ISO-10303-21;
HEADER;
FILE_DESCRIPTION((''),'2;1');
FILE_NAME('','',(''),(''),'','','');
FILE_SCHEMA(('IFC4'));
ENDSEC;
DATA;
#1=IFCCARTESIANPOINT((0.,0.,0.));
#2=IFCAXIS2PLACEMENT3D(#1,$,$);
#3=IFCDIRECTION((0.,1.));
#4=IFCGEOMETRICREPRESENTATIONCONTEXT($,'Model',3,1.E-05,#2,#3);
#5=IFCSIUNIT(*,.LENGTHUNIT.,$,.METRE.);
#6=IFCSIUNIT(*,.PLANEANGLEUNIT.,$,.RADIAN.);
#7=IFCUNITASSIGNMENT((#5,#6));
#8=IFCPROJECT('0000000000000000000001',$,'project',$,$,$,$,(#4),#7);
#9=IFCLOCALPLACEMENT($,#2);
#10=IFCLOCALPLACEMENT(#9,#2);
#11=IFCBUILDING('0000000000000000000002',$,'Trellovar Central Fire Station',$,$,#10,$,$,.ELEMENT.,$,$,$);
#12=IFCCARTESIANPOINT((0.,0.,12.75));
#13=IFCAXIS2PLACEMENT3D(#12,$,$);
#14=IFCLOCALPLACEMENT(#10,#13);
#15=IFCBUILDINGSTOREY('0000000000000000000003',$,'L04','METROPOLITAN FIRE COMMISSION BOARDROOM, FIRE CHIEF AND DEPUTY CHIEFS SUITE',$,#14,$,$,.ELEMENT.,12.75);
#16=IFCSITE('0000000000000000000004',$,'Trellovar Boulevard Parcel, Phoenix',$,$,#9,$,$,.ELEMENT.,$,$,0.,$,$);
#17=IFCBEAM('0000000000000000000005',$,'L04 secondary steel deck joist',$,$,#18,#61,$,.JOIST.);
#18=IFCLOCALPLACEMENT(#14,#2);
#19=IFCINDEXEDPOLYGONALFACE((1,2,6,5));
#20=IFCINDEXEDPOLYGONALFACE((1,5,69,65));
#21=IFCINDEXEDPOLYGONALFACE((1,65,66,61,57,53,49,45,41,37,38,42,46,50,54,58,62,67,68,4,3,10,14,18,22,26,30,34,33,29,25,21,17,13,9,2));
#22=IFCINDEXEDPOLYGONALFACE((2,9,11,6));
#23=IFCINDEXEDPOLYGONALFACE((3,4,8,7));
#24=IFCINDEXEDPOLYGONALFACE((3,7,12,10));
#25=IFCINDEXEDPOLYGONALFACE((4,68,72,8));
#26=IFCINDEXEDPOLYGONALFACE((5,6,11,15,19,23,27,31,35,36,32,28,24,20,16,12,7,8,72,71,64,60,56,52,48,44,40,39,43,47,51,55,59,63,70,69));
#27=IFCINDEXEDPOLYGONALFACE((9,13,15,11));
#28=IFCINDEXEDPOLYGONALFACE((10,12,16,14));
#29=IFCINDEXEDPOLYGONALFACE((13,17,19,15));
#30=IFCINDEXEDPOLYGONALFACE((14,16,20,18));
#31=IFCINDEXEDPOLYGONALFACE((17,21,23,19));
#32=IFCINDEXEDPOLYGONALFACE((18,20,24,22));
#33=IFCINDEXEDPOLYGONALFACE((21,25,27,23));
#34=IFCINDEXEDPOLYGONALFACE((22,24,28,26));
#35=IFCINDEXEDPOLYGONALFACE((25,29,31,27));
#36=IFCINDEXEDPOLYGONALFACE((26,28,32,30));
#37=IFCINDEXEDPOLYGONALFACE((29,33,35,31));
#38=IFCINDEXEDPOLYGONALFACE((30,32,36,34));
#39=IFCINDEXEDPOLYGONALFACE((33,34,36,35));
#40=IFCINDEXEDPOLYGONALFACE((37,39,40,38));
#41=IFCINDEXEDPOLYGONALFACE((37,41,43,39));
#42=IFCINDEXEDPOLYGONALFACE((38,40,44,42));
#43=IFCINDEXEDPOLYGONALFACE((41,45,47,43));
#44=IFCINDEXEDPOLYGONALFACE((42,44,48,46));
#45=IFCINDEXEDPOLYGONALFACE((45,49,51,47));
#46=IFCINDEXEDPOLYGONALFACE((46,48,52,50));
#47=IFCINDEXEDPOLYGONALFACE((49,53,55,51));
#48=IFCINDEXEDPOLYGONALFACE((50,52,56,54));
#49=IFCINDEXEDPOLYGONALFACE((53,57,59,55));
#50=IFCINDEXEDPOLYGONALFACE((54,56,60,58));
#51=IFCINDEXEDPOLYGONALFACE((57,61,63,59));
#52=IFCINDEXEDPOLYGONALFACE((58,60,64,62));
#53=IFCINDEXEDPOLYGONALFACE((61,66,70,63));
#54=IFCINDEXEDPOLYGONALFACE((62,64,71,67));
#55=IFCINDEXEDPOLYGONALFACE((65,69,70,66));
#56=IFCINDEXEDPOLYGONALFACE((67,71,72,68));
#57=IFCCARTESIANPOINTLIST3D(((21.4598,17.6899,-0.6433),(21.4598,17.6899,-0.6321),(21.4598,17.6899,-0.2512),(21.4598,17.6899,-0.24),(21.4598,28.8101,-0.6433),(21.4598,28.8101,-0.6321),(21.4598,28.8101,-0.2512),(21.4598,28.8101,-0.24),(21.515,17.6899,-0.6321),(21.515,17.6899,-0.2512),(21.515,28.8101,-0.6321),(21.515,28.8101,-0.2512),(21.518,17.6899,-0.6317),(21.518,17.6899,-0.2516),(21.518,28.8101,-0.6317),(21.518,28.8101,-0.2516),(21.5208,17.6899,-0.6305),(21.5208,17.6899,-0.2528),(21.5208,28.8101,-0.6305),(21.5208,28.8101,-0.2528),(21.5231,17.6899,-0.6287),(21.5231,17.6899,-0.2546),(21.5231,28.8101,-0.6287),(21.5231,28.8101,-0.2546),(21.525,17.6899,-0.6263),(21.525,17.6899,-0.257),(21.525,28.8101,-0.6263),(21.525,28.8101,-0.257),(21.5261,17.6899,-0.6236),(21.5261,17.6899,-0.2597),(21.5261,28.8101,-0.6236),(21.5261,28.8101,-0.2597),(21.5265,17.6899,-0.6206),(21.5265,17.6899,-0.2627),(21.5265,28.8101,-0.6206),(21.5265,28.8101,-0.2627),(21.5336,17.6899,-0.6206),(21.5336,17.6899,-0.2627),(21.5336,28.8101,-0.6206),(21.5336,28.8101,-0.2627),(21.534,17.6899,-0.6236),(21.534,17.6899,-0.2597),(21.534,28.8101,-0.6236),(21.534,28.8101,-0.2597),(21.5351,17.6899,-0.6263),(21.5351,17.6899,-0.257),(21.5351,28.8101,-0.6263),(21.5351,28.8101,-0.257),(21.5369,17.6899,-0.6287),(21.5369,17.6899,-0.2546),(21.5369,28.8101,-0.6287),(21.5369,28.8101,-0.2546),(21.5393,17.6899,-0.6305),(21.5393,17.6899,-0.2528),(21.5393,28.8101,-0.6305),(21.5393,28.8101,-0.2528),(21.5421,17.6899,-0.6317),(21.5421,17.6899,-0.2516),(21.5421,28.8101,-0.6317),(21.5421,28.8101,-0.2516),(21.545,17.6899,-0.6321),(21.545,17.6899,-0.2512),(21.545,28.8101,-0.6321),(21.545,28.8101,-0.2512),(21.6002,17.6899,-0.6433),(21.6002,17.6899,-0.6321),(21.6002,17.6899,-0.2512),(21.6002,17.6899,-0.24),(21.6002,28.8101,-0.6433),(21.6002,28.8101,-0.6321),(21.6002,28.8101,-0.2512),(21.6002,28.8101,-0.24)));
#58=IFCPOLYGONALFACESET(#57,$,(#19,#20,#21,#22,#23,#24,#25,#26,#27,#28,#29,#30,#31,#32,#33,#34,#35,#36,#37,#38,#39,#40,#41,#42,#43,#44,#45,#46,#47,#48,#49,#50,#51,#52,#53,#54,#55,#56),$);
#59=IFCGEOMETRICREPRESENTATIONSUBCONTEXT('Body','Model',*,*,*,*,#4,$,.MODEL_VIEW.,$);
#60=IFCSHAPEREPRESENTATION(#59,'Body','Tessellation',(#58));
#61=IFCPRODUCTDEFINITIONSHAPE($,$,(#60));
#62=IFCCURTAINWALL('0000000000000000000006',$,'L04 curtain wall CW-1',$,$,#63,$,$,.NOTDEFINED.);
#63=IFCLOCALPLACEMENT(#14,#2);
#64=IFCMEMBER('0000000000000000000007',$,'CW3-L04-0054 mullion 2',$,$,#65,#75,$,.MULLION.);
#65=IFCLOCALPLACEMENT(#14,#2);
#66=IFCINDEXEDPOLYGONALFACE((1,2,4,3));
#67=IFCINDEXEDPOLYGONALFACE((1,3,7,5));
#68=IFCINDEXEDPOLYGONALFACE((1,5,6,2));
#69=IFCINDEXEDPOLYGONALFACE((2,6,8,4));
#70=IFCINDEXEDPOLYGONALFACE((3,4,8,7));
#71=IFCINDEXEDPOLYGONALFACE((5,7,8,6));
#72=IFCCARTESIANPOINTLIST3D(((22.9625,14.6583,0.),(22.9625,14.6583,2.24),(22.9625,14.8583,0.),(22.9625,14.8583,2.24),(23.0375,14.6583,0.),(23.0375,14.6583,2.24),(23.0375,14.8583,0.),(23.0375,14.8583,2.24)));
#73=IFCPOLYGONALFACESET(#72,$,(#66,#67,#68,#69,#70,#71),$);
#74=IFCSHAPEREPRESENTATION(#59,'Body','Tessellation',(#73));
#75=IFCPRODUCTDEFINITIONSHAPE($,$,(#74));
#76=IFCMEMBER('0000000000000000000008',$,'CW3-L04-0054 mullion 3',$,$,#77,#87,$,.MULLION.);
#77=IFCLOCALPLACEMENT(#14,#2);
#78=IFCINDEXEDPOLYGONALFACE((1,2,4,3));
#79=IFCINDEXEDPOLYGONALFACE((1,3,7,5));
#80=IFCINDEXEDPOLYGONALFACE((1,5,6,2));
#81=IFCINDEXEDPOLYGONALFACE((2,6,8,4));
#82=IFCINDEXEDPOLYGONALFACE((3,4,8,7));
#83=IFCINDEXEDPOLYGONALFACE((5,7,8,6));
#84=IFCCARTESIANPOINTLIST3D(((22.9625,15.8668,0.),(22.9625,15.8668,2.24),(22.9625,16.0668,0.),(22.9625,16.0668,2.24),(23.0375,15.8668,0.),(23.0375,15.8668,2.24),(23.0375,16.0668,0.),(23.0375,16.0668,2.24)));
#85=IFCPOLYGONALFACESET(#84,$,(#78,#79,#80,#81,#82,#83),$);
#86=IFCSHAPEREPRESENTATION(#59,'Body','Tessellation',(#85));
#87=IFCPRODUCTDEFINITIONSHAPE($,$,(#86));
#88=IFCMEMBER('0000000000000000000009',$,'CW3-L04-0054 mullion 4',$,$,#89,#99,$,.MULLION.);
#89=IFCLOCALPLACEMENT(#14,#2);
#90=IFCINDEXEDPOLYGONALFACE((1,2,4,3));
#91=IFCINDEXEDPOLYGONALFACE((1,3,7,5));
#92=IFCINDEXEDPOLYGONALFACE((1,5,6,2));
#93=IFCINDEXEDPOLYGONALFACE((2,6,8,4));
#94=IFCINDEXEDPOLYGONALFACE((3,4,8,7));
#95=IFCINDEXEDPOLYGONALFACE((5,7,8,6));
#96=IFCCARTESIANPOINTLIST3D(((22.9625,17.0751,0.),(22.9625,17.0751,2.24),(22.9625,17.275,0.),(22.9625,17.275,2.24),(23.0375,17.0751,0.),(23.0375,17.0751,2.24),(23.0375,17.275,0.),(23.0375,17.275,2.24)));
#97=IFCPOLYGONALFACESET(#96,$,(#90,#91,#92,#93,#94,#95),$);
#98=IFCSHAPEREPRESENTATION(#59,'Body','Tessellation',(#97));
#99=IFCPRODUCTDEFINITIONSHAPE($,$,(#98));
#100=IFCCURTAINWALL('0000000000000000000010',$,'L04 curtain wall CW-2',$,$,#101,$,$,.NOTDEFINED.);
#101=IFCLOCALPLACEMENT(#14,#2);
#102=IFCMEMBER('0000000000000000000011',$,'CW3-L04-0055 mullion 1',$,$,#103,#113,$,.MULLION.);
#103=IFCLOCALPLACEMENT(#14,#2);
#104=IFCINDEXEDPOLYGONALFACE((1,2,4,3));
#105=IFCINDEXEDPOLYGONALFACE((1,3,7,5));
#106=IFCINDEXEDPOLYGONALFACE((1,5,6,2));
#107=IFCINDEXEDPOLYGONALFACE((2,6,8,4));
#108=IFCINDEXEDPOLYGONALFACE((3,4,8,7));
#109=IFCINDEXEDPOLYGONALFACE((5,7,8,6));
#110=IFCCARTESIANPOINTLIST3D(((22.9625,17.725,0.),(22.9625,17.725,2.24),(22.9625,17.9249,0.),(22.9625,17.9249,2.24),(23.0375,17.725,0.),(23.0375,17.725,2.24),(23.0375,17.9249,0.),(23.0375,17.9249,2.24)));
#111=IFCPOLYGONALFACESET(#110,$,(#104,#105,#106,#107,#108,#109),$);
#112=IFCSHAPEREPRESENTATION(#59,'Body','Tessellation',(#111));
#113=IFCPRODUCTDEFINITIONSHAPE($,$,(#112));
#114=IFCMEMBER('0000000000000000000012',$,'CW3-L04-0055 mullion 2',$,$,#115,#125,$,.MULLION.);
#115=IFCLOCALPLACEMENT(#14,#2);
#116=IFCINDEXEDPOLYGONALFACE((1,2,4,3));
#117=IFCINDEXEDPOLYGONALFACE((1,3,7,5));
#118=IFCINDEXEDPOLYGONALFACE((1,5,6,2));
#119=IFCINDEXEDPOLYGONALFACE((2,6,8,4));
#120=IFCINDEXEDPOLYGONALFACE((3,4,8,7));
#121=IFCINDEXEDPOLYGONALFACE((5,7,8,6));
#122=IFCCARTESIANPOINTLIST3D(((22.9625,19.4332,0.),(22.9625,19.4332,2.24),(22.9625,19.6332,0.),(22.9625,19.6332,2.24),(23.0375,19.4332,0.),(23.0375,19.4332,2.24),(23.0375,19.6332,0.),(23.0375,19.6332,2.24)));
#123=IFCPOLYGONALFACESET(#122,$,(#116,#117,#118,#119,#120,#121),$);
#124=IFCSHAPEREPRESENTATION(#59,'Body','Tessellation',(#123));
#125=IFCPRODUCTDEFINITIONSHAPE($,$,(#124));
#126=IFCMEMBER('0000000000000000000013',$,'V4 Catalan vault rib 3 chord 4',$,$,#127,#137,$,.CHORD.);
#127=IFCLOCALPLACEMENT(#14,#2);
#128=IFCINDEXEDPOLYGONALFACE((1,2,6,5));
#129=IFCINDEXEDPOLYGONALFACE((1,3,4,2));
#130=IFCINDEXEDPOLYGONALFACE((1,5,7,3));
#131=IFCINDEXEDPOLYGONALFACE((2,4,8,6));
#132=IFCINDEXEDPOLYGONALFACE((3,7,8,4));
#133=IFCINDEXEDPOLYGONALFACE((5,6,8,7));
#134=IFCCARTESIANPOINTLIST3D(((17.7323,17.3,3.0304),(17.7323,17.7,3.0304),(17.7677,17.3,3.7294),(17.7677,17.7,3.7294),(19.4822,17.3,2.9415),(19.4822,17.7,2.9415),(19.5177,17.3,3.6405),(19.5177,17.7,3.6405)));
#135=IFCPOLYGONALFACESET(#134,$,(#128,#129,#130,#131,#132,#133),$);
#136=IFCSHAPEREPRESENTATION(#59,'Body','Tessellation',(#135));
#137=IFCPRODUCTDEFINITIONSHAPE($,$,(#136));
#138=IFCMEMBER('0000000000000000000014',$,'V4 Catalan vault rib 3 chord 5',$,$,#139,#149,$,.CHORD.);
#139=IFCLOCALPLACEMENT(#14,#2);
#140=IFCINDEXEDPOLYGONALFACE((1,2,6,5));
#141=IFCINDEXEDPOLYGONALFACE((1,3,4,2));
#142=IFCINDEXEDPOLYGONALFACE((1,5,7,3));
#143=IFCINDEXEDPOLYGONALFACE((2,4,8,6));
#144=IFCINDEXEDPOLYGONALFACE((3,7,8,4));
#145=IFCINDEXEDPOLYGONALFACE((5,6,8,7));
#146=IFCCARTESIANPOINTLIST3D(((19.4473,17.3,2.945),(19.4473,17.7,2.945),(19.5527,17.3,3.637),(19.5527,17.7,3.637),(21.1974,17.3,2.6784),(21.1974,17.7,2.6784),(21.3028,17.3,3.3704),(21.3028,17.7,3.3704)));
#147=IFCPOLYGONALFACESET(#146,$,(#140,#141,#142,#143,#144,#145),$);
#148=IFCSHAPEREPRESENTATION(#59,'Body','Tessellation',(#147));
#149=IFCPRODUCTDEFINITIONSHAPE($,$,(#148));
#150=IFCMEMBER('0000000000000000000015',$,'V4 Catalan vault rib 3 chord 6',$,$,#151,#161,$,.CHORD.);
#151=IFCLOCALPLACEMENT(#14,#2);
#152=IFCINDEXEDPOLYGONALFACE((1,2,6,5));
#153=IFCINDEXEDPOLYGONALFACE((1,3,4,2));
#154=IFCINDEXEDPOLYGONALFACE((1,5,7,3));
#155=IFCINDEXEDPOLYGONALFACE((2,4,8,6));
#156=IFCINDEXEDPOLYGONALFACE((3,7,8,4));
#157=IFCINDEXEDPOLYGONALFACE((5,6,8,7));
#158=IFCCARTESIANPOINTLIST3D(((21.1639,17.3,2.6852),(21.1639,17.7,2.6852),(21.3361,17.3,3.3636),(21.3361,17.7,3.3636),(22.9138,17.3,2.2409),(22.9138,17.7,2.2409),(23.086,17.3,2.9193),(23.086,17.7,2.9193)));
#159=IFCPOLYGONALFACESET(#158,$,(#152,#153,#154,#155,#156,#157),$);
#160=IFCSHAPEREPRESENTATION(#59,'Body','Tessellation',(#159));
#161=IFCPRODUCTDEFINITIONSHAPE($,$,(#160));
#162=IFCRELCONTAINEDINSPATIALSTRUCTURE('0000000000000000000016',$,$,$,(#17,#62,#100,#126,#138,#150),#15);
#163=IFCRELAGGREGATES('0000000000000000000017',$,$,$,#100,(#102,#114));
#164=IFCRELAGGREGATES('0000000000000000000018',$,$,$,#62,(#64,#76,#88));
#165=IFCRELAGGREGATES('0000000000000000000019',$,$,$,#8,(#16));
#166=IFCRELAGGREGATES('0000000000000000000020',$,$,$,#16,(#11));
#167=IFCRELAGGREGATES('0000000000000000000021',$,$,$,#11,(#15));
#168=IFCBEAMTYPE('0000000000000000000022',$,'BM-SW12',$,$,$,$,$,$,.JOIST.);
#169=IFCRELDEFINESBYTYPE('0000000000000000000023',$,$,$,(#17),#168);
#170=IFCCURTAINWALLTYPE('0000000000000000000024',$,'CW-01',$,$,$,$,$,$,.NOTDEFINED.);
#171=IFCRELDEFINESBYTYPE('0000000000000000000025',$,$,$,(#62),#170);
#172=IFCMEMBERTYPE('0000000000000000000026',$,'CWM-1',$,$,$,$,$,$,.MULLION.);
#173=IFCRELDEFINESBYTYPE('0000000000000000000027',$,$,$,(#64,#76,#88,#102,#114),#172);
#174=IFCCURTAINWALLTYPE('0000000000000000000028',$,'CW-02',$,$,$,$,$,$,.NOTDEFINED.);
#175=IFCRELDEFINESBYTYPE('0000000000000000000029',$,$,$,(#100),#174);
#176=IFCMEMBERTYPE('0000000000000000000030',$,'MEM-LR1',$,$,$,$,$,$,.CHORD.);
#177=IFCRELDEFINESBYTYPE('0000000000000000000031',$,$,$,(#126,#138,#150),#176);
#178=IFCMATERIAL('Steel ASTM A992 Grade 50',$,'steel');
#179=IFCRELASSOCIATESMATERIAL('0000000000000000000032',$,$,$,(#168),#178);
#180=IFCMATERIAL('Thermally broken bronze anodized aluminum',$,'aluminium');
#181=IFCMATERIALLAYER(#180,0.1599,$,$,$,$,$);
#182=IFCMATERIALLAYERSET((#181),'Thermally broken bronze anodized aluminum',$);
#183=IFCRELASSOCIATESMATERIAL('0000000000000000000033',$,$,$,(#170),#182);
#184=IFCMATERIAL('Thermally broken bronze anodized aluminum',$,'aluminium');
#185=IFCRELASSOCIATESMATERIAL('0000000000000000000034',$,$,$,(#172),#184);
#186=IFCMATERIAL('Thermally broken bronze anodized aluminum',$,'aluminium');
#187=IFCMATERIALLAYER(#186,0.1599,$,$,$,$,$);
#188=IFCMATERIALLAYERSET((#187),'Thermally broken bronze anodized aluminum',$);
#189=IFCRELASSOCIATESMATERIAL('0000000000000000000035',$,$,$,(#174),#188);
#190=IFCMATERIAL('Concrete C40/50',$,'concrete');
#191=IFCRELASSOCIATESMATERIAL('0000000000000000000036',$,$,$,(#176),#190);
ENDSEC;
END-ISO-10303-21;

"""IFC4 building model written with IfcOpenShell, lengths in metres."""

from ifc_helpers import new_model, si_unit, direction, frame, origin, origin_2d, place, context, subcontext, project, spatial, rectangle, i_section, extrude, material, layer, layer_set, material_profile, profile_set, type_object, element, aggregate, save


model = new_model("IFC4")

# Units and contexts
model_context = context("Model", 3, precision=1e-05, world=origin(), true_north=direction((0.0, 1.0)))
body_context = subcontext(model_context, "Body", "Model", "MODEL_VIEW")
ifc_project = project(units=[si_unit("LENGTHUNIT", "METRE"), si_unit("PLANEANGLEUNIT", "RADIAN")], contexts=[model_context])

# Site, building, storey
site_placement = place(None, origin())
site = spatial("IfcSite", under=ifc_project, at=site_placement, Name="Trellovar Boulevard Parcel, Phoenix", CompositionType="ELEMENT", RefElevation=0.0)
building_placement = place(site_placement, origin())
building = spatial("IfcBuilding", under=site, at=building_placement, Name="Trellovar Central Fire Station", CompositionType="ELEMENT")
storey_placement = place(building_placement, frame((0.0, 0.0, 12.75)))
storey = spatial("IfcBuildingStorey", under=building, at=storey_placement, Name="L04", Description="METROPOLITAN FIRE COMMISSION BOARDROOM, FIRE CHIEF AND DEPUTY CHIEFS SUITE", CompositionType="ELEMENT", Elevation=12.75)

# Beam
ifc_material_1 = material(Name="Steel ASTM A992 Grade 50", Category="steel")
ifc_material_profile_1 = material_profile(ifc_material_1, i_section(OverallWidth=0.1404, OverallDepth=0.4033, WebThickness=0.0071, FlangeThickness=0.0112, FilletRadius=0.0115, at=origin_2d()), Name="W16X31")
ifc_profile_set_1 = profile_set([ifc_material_profile_1], Name="Steel ASTM A992 Grade 50")
beam_type_1 = type_object("IfcBeamType", Name="BM-SW12", PredefinedType="JOIST", material=ifc_profile_set_1)
beam_1_placement = place(storey_placement, frame((21.53, 17.6899, -0.4417), z_axis=(0.0, 1.0, 0.0), x_axis=(-1.0, 0.0, 0.0)))
element("IfcBeam", 1, at=beam_1_placement, inside=storey, type_object=beam_type_1, Name="L04 secondary steel deck joist", PredefinedType="JOIST", context=body_context, shape_type="SweptSolid", body=[
    extrude(i_section(OverallWidth=0.1404, OverallDepth=0.4033, WebThickness=0.0071, FlangeThickness=0.0112, FilletRadius=0.0115, at=origin_2d()), origin(), (0.0, 0.0, 1.0), 11.1201),
])

# Curtain walls, members
ifc_material_2 = material(Name="Thermally broken bronze anodized aluminum", Category="aluminium")
ifc_layer_1 = layer(ifc_material_2, 0.1599)
ifc_layer_set_1 = layer_set([ifc_layer_1], Name="Thermally broken bronze anodized aluminum")
curtain_wall_type_1 = type_object("IfcCurtainWallType", Name="CW-01", PredefinedType="NOTDEFINED", material=ifc_layer_set_1)
curtain_wall_1_placement = place(storey_placement, origin())
curtain_wall_1 = element("IfcCurtainWall", 2, at=curtain_wall_1_placement, inside=storey, type_object=curtain_wall_type_1, Name="L04 curtain wall CW-1", PredefinedType="NOTDEFINED")
ifc_material_3 = material(Name="Thermally broken bronze anodized aluminum", Category="aluminium")
ifc_material_profile_2 = material_profile(ifc_material_3, rectangle(XDim=0.075, YDim=0.2, at=origin_2d()), Name="ALU75X200")
ifc_profile_set_2 = profile_set([ifc_material_profile_2], Name="Thermally broken bronze anodized aluminum")
member_type_1 = type_object("IfcMemberType", Name="CWM-1", PredefinedType="MULLION", material=ifc_profile_set_2)
member_1_placement = place(storey_placement, frame((23.0, 14.7583, 0.0), z_axis=(0.0, 0.0, 1.0), x_axis=(1.0, 0.0, 0.0)))
member_1 = element("IfcMember", 3, at=member_1_placement, type_object=member_type_1, Name="CW3-L04-0054 mullion 2", PredefinedType="MULLION", context=body_context, shape_type="SweptSolid", body=[
    extrude(rectangle(XDim=0.075, YDim=0.2, at=origin_2d()), origin(), (0.0, 0.0, 1.0), 2.24),
])
member_2_placement = place(storey_placement, frame((23.0, 15.9668, 0.0), z_axis=(0.0, 0.0, 1.0), x_axis=(1.0, 0.0, 0.0)))
member_2 = element("IfcMember", 4, at=member_2_placement, type_object=member_type_1, Name="CW3-L04-0054 mullion 3", PredefinedType="MULLION", context=body_context, shape_type="SweptSolid", body=[
    extrude(rectangle(XDim=0.075, YDim=0.2, at=origin_2d()), origin(), (0.0, 0.0, 1.0), 2.24),
])
member_3_placement = place(storey_placement, frame((23.0, 17.175, 0.0), z_axis=(0.0, 0.0, 1.0), x_axis=(1.0, 0.0, 0.0)))
member_3 = element("IfcMember", 5, at=member_3_placement, type_object=member_type_1, Name="CW3-L04-0054 mullion 4", PredefinedType="MULLION", context=body_context, shape_type="SweptSolid", body=[
    extrude(rectangle(XDim=0.075, YDim=0.2, at=origin_2d()), origin(), (0.0, 0.0, 1.0), 2.24),
])
ifc_material_4 = material(Name="Thermally broken bronze anodized aluminum", Category="aluminium")
ifc_layer_2 = layer(ifc_material_4, 0.1599)
ifc_layer_set_2 = layer_set([ifc_layer_2], Name="Thermally broken bronze anodized aluminum")
curtain_wall_type_2 = type_object("IfcCurtainWallType", Name="CW-02", PredefinedType="NOTDEFINED", material=ifc_layer_set_2)
curtain_wall_2_placement = place(storey_placement, origin())
curtain_wall_2 = element("IfcCurtainWall", 6, at=curtain_wall_2_placement, inside=storey, type_object=curtain_wall_type_2, Name="L04 curtain wall CW-2", PredefinedType="NOTDEFINED")
member_4_placement = place(storey_placement, frame((23.0, 17.825, 0.0), z_axis=(0.0, 0.0, 1.0), x_axis=(1.0, 0.0, 0.0)))
member_4 = element("IfcMember", 7, at=member_4_placement, type_object=member_type_1, Name="CW3-L04-0055 mullion 1", PredefinedType="MULLION", context=body_context, shape_type="SweptSolid", body=[
    extrude(rectangle(XDim=0.075, YDim=0.2, at=origin_2d()), origin(), (0.0, 0.0, 1.0), 2.24),
])
member_5_placement = place(storey_placement, frame((23.0, 19.5332, 0.0), z_axis=(0.0, 0.0, 1.0), x_axis=(1.0, 0.0, 0.0)))
member_5 = element("IfcMember", 8, at=member_5_placement, type_object=member_type_1, Name="CW3-L04-0055 mullion 2", PredefinedType="MULLION", context=body_context, shape_type="SweptSolid", body=[
    extrude(rectangle(XDim=0.075, YDim=0.2, at=origin_2d()), origin(), (0.0, 0.0, 1.0), 2.24),
])
aggregate(curtain_wall_2, [member_4, member_5])

# Members
ifc_material_5 = material(Name="Concrete C40/50", Category="concrete")
ifc_material_profile_3 = material_profile(ifc_material_5, rectangle(XDim=0.3999, YDim=0.7, at=origin_2d()), Name="RC400X700")
ifc_profile_set_3 = profile_set([ifc_material_profile_3], Name="Concrete C40/50")
member_type_2 = type_object("IfcMemberType", Name="MEM-LR1", PredefinedType="CHORD", material=ifc_profile_set_3)
member_6_placement = place(storey_placement, frame((17.75, 17.5, 3.3799), z_axis=(0.998713, 0.0, -0.050716), x_axis=(0.0, 1.0, 0.0)))
element("IfcMember", 9, at=member_6_placement, inside=storey, type_object=member_type_2, Name="V4 Catalan vault rib 3 chord 4", PredefinedType="CHORD", context=body_context, shape_type="SweptSolid", body=[
    extrude(rectangle(XDim=0.3999, YDim=0.7, at=origin_2d()), origin(), (0.0, 0.0, 1.0), 1.7522),
])
member_7_placement = place(storey_placement, frame((19.5, 17.5, 3.291), z_axis=(0.988594, 0.0, -0.150606), x_axis=(0.0, 1.0, 0.0)))
element("IfcMember", 10, at=member_7_placement, inside=storey, type_object=member_type_2, Name="V4 Catalan vault rib 3 chord 5", PredefinedType="CHORD", context=body_context, shape_type="SweptSolid", body=[
    extrude(rectangle(XDim=0.3999, YDim=0.7, at=origin_2d()), origin(), (0.0, 0.0, 1.0), 1.7703),
])
member_8_placement = place(storey_placement, frame((21.25, 17.5, 3.0244), z_axis=(0.969245, 0.0, -0.246097), x_axis=(0.0, 1.0, 0.0)))
element("IfcMember", 11, at=member_8_placement, inside=storey, type_object=member_type_2, Name="V4 Catalan vault rib 3 chord 6", PredefinedType="CHORD", context=body_context, shape_type="SweptSolid", body=[
    extrude(rectangle(XDim=0.3999, YDim=0.7, at=origin_2d()), origin(), (0.0, 0.0, 1.0), 1.8054),
])

aggregate(curtain_wall_1, [member_1, member_2, member_3])

save(model, "model.ifc")
